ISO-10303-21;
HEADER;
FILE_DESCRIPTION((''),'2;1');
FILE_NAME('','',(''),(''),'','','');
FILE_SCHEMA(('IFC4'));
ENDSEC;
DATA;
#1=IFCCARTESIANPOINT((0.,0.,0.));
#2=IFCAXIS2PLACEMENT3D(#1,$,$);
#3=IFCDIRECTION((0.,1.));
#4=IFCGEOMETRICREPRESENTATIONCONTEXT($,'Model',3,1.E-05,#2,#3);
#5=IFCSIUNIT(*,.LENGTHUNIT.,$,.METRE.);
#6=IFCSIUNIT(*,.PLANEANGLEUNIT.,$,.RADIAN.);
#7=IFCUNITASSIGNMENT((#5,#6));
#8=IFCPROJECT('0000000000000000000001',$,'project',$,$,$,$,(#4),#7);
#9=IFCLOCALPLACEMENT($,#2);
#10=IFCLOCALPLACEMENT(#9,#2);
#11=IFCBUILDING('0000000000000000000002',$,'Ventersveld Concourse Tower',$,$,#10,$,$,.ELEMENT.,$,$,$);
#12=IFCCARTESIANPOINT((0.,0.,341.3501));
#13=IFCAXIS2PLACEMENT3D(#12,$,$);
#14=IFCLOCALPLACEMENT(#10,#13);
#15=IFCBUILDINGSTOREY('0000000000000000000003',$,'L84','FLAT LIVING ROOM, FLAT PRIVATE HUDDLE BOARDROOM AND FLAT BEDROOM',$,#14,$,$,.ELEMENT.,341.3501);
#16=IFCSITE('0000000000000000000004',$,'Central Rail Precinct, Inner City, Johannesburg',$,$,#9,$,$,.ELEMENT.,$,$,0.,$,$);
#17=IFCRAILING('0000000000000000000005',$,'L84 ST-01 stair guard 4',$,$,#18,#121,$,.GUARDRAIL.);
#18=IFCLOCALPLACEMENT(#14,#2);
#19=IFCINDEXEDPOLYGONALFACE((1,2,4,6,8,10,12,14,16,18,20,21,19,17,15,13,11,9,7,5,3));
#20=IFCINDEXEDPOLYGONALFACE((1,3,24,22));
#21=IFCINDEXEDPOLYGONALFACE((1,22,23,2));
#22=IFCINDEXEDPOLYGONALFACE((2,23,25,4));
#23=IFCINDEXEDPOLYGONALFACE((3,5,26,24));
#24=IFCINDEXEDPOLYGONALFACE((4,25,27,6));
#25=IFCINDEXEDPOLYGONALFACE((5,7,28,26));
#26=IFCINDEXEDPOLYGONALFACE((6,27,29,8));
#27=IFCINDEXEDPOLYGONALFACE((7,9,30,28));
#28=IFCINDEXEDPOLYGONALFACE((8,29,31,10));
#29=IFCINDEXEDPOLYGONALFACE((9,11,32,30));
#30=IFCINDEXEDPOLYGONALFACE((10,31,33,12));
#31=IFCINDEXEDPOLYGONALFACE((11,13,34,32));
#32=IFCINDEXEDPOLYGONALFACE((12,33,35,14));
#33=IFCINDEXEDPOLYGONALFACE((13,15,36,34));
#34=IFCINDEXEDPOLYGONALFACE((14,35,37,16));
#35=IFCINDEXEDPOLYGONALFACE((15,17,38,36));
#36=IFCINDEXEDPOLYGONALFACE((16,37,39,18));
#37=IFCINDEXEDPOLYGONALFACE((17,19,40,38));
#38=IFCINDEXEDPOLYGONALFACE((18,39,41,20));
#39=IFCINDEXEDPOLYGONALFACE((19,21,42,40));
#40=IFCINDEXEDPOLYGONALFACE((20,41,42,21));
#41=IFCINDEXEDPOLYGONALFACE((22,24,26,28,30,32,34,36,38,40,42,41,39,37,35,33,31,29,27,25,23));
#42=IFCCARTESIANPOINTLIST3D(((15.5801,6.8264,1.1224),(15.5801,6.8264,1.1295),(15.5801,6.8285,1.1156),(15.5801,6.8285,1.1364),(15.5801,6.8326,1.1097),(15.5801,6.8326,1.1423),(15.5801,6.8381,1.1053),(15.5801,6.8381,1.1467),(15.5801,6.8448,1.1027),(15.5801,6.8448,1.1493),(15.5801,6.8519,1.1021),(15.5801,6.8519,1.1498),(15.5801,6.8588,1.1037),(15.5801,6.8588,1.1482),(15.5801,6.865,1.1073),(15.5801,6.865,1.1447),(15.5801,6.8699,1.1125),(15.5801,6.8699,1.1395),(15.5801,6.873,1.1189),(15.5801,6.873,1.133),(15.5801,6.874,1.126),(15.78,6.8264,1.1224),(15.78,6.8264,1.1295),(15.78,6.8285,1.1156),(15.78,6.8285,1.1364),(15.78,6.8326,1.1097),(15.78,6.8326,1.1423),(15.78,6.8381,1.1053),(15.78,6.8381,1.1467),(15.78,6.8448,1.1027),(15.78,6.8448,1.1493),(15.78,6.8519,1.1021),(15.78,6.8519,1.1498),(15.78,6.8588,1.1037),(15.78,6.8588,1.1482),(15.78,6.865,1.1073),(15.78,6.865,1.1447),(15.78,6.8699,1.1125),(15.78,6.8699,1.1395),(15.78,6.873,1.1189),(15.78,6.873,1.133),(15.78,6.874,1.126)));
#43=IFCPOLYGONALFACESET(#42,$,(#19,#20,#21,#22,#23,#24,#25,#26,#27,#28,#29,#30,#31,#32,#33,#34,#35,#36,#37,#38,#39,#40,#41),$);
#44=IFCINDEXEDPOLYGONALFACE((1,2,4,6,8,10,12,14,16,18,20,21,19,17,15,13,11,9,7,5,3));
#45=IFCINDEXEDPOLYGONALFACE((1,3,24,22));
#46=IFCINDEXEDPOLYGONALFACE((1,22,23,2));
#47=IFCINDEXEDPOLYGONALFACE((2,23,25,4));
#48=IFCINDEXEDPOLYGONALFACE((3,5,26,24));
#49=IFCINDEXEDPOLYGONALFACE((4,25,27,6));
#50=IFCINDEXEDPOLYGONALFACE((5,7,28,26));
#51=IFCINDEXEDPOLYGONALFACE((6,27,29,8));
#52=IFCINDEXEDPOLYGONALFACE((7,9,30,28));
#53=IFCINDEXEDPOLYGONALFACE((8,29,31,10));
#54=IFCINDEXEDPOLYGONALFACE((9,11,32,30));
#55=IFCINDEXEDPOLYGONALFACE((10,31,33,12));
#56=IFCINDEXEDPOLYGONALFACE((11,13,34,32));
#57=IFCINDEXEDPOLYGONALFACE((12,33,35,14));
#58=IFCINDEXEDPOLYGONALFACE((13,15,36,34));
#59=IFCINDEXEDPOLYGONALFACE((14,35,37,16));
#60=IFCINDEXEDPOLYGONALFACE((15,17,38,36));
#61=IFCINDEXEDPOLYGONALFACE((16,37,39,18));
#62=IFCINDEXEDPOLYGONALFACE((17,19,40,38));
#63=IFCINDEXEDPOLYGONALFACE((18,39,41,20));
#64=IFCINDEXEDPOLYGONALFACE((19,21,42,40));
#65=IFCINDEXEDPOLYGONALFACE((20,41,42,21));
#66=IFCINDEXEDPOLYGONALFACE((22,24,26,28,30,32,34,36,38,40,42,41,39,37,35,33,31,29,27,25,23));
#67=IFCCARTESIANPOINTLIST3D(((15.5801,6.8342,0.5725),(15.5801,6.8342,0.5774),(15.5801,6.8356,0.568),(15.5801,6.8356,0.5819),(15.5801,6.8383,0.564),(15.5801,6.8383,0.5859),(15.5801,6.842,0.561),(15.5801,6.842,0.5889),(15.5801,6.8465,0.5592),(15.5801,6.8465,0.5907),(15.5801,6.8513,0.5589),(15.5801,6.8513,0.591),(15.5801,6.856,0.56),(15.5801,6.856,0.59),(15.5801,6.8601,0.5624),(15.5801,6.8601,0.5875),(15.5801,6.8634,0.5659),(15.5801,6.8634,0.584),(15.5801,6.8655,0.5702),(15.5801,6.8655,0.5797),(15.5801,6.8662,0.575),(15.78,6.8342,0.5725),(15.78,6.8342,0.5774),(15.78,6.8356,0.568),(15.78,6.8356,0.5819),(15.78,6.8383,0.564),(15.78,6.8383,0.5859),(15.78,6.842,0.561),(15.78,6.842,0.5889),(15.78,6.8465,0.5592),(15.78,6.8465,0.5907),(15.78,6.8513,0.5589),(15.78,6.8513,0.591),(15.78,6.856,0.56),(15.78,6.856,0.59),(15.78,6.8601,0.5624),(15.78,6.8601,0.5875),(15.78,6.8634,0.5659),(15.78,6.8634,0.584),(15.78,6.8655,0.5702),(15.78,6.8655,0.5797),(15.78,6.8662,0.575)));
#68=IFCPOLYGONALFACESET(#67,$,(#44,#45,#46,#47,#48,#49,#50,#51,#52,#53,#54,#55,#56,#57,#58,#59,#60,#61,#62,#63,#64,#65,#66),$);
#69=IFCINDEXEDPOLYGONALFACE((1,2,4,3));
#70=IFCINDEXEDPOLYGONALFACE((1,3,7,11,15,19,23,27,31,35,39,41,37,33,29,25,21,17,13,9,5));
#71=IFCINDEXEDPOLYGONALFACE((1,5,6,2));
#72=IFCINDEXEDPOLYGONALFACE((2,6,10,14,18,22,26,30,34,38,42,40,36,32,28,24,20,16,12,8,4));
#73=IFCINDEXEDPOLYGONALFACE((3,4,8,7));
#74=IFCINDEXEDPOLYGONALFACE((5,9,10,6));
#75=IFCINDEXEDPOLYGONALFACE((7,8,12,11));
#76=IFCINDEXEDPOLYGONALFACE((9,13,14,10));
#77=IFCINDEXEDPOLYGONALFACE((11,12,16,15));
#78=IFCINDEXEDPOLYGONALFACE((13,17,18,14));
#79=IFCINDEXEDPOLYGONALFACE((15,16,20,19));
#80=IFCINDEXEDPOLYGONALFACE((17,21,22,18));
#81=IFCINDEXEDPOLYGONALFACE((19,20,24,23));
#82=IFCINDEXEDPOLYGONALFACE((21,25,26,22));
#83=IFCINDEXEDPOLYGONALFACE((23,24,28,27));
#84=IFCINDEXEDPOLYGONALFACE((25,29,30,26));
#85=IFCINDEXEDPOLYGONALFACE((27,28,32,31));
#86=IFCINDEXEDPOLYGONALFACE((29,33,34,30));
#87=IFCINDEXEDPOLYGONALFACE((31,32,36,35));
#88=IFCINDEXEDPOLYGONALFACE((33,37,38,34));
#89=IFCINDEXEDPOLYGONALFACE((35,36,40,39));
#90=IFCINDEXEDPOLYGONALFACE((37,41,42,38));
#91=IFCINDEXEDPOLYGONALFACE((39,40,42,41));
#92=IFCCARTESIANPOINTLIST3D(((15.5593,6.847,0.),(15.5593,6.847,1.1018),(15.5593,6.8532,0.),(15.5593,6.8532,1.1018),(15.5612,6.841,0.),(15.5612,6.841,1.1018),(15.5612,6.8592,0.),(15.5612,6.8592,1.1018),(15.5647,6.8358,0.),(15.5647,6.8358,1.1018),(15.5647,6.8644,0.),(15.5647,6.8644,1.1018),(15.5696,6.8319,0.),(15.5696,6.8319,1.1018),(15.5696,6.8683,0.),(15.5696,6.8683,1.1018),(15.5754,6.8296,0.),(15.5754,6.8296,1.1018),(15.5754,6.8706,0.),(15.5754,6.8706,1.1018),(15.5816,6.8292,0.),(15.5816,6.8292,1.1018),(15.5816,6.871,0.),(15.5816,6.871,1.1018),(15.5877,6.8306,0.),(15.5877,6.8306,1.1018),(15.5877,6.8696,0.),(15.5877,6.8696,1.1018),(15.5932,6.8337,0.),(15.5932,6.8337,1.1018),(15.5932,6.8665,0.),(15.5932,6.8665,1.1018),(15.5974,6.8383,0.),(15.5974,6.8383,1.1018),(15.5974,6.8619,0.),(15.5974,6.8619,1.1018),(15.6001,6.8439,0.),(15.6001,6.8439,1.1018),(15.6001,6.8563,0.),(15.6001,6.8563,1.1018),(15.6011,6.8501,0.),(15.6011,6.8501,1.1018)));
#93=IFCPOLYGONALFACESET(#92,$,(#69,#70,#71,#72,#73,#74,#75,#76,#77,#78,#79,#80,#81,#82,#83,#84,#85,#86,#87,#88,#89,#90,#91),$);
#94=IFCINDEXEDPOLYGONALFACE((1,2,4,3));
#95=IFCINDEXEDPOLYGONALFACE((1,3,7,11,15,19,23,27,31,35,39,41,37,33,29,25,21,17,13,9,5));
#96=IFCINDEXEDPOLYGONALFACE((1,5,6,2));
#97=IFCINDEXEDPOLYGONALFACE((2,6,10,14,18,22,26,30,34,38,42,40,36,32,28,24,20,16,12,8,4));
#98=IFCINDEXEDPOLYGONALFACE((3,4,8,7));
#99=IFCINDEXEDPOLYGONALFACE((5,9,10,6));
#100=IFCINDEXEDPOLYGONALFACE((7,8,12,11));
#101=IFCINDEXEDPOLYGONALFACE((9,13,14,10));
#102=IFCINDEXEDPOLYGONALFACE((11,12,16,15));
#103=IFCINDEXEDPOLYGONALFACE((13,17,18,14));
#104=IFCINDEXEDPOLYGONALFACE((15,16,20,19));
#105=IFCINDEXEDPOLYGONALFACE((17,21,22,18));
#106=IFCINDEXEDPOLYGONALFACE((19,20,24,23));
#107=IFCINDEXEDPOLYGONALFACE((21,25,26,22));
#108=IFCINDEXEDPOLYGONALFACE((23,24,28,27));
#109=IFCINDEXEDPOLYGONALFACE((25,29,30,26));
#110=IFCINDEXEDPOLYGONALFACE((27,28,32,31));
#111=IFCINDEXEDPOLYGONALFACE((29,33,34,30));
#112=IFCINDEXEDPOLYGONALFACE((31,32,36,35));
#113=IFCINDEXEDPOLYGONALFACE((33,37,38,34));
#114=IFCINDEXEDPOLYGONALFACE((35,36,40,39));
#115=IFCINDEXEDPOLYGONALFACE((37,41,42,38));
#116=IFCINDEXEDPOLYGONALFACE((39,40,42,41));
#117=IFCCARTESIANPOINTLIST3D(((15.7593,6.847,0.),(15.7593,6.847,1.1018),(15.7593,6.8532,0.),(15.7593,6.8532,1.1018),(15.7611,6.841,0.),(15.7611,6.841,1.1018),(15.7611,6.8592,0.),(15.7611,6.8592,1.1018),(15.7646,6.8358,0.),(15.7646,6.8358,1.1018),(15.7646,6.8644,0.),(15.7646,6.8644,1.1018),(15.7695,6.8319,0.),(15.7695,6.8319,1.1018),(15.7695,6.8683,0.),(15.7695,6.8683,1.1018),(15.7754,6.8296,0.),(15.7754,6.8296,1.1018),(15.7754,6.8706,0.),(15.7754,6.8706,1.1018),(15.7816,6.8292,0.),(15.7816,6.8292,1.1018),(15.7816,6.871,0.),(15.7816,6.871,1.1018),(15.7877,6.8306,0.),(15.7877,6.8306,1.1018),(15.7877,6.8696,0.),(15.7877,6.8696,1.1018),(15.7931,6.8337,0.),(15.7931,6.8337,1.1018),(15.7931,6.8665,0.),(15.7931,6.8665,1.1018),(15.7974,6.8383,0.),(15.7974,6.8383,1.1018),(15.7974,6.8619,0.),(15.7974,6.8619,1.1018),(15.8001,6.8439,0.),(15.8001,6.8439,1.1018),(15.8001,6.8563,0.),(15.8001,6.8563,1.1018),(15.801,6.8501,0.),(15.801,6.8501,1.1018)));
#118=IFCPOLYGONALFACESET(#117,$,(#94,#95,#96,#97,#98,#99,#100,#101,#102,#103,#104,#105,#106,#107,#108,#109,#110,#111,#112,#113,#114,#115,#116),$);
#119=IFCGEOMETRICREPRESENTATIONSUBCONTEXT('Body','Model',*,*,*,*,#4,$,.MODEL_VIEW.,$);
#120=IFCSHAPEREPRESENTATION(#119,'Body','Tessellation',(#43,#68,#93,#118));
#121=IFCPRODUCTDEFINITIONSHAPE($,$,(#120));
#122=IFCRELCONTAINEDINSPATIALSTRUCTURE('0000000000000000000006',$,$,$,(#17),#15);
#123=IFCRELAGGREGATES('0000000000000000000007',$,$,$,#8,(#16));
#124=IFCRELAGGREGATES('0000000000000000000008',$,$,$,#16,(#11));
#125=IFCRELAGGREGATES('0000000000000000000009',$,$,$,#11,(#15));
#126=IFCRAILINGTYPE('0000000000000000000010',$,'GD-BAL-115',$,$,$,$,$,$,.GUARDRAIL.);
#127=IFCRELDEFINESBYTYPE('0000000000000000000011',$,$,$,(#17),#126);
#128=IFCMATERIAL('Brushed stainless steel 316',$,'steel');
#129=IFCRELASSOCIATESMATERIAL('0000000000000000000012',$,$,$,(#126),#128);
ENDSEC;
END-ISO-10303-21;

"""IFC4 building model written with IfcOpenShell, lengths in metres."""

from ifc_helpers import new_model, si_unit, direction, frame, origin, origin_2d, place, context, subcontext, project, spatial, circle, extrude, material, type_object, element, save


model = new_model("IFC4")

# Units and contexts
model_context = context("Model", 3, precision=1e-05, world=origin(), true_north=direction((0.0, 1.0)))
body_context = subcontext(model_context, "Body", "Model", "MODEL_VIEW")
ifc_project = project(units=[si_unit("LENGTHUNIT", "METRE"), si_unit("PLANEANGLEUNIT", "RADIAN")], contexts=[model_context])

# Site, building, storey
site_placement = place(None, origin())
site = spatial("IfcSite", under=ifc_project, at=site_placement, Name="Central Rail Precinct, Inner City, Johannesburg", CompositionType="ELEMENT", RefElevation=0.0)
building_placement = place(site_placement, origin())
building = spatial("IfcBuilding", under=site, at=building_placement, Name="Ventersveld Concourse Tower", CompositionType="ELEMENT")
storey_placement = place(building_placement, frame((0.0, 0.0, 341.3501)))
storey = spatial("IfcBuildingStorey", under=building, at=storey_placement, Name="L84", Description="FLAT LIVING ROOM, FLAT PRIVATE HUDDLE BOARDROOM AND FLAT BEDROOM", CompositionType="ELEMENT", Elevation=341.3501)

# Shared definitions
ifc_material_1 = material(Name="Brushed stainless steel 316", Category="steel")

# Railing
railing_type = type_object("IfcRailingType", Name="GD-BAL-115", PredefinedType="GUARDRAIL", material=ifc_material_1)
railing_placement = place(storey_placement, frame((15.5801, 6.8501, 0.0)))
element("IfcRailing", 1, at=railing_placement, inside=storey, type_object=railing_type, Name="L84 ST-01 stair guard 4", PredefinedType="GUARDRAIL", context=body_context, shape_type="SweptSolid", body=[
    extrude(circle(Radius=0.0239, at=origin_2d()), frame((0.0, 0.0, 1.126), z_axis=(1.0, 0.0, 0.0), x_axis=(0.0, 1.0, 0.0)), (0.0, 0.0, 1.0), 0.2),
    extrude(circle(Radius=0.0161, at=origin_2d()), frame((0.0, 0.0, 0.575), z_axis=(1.0, 0.0, 0.0), x_axis=(0.0, 1.0, 0.0)), (0.0, 0.0, 1.0), 0.2),
    extrude(circle(Radius=0.021, at=origin_2d()), origin(), (0.0, 0.0, 1.0), 1.1018),
    extrude(circle(Radius=0.021, at=origin_2d()), frame((0.2, 0.0, 0.0)), (0.0, 0.0, 1.0), 1.1018),
])

save(model, "model.ifc")
